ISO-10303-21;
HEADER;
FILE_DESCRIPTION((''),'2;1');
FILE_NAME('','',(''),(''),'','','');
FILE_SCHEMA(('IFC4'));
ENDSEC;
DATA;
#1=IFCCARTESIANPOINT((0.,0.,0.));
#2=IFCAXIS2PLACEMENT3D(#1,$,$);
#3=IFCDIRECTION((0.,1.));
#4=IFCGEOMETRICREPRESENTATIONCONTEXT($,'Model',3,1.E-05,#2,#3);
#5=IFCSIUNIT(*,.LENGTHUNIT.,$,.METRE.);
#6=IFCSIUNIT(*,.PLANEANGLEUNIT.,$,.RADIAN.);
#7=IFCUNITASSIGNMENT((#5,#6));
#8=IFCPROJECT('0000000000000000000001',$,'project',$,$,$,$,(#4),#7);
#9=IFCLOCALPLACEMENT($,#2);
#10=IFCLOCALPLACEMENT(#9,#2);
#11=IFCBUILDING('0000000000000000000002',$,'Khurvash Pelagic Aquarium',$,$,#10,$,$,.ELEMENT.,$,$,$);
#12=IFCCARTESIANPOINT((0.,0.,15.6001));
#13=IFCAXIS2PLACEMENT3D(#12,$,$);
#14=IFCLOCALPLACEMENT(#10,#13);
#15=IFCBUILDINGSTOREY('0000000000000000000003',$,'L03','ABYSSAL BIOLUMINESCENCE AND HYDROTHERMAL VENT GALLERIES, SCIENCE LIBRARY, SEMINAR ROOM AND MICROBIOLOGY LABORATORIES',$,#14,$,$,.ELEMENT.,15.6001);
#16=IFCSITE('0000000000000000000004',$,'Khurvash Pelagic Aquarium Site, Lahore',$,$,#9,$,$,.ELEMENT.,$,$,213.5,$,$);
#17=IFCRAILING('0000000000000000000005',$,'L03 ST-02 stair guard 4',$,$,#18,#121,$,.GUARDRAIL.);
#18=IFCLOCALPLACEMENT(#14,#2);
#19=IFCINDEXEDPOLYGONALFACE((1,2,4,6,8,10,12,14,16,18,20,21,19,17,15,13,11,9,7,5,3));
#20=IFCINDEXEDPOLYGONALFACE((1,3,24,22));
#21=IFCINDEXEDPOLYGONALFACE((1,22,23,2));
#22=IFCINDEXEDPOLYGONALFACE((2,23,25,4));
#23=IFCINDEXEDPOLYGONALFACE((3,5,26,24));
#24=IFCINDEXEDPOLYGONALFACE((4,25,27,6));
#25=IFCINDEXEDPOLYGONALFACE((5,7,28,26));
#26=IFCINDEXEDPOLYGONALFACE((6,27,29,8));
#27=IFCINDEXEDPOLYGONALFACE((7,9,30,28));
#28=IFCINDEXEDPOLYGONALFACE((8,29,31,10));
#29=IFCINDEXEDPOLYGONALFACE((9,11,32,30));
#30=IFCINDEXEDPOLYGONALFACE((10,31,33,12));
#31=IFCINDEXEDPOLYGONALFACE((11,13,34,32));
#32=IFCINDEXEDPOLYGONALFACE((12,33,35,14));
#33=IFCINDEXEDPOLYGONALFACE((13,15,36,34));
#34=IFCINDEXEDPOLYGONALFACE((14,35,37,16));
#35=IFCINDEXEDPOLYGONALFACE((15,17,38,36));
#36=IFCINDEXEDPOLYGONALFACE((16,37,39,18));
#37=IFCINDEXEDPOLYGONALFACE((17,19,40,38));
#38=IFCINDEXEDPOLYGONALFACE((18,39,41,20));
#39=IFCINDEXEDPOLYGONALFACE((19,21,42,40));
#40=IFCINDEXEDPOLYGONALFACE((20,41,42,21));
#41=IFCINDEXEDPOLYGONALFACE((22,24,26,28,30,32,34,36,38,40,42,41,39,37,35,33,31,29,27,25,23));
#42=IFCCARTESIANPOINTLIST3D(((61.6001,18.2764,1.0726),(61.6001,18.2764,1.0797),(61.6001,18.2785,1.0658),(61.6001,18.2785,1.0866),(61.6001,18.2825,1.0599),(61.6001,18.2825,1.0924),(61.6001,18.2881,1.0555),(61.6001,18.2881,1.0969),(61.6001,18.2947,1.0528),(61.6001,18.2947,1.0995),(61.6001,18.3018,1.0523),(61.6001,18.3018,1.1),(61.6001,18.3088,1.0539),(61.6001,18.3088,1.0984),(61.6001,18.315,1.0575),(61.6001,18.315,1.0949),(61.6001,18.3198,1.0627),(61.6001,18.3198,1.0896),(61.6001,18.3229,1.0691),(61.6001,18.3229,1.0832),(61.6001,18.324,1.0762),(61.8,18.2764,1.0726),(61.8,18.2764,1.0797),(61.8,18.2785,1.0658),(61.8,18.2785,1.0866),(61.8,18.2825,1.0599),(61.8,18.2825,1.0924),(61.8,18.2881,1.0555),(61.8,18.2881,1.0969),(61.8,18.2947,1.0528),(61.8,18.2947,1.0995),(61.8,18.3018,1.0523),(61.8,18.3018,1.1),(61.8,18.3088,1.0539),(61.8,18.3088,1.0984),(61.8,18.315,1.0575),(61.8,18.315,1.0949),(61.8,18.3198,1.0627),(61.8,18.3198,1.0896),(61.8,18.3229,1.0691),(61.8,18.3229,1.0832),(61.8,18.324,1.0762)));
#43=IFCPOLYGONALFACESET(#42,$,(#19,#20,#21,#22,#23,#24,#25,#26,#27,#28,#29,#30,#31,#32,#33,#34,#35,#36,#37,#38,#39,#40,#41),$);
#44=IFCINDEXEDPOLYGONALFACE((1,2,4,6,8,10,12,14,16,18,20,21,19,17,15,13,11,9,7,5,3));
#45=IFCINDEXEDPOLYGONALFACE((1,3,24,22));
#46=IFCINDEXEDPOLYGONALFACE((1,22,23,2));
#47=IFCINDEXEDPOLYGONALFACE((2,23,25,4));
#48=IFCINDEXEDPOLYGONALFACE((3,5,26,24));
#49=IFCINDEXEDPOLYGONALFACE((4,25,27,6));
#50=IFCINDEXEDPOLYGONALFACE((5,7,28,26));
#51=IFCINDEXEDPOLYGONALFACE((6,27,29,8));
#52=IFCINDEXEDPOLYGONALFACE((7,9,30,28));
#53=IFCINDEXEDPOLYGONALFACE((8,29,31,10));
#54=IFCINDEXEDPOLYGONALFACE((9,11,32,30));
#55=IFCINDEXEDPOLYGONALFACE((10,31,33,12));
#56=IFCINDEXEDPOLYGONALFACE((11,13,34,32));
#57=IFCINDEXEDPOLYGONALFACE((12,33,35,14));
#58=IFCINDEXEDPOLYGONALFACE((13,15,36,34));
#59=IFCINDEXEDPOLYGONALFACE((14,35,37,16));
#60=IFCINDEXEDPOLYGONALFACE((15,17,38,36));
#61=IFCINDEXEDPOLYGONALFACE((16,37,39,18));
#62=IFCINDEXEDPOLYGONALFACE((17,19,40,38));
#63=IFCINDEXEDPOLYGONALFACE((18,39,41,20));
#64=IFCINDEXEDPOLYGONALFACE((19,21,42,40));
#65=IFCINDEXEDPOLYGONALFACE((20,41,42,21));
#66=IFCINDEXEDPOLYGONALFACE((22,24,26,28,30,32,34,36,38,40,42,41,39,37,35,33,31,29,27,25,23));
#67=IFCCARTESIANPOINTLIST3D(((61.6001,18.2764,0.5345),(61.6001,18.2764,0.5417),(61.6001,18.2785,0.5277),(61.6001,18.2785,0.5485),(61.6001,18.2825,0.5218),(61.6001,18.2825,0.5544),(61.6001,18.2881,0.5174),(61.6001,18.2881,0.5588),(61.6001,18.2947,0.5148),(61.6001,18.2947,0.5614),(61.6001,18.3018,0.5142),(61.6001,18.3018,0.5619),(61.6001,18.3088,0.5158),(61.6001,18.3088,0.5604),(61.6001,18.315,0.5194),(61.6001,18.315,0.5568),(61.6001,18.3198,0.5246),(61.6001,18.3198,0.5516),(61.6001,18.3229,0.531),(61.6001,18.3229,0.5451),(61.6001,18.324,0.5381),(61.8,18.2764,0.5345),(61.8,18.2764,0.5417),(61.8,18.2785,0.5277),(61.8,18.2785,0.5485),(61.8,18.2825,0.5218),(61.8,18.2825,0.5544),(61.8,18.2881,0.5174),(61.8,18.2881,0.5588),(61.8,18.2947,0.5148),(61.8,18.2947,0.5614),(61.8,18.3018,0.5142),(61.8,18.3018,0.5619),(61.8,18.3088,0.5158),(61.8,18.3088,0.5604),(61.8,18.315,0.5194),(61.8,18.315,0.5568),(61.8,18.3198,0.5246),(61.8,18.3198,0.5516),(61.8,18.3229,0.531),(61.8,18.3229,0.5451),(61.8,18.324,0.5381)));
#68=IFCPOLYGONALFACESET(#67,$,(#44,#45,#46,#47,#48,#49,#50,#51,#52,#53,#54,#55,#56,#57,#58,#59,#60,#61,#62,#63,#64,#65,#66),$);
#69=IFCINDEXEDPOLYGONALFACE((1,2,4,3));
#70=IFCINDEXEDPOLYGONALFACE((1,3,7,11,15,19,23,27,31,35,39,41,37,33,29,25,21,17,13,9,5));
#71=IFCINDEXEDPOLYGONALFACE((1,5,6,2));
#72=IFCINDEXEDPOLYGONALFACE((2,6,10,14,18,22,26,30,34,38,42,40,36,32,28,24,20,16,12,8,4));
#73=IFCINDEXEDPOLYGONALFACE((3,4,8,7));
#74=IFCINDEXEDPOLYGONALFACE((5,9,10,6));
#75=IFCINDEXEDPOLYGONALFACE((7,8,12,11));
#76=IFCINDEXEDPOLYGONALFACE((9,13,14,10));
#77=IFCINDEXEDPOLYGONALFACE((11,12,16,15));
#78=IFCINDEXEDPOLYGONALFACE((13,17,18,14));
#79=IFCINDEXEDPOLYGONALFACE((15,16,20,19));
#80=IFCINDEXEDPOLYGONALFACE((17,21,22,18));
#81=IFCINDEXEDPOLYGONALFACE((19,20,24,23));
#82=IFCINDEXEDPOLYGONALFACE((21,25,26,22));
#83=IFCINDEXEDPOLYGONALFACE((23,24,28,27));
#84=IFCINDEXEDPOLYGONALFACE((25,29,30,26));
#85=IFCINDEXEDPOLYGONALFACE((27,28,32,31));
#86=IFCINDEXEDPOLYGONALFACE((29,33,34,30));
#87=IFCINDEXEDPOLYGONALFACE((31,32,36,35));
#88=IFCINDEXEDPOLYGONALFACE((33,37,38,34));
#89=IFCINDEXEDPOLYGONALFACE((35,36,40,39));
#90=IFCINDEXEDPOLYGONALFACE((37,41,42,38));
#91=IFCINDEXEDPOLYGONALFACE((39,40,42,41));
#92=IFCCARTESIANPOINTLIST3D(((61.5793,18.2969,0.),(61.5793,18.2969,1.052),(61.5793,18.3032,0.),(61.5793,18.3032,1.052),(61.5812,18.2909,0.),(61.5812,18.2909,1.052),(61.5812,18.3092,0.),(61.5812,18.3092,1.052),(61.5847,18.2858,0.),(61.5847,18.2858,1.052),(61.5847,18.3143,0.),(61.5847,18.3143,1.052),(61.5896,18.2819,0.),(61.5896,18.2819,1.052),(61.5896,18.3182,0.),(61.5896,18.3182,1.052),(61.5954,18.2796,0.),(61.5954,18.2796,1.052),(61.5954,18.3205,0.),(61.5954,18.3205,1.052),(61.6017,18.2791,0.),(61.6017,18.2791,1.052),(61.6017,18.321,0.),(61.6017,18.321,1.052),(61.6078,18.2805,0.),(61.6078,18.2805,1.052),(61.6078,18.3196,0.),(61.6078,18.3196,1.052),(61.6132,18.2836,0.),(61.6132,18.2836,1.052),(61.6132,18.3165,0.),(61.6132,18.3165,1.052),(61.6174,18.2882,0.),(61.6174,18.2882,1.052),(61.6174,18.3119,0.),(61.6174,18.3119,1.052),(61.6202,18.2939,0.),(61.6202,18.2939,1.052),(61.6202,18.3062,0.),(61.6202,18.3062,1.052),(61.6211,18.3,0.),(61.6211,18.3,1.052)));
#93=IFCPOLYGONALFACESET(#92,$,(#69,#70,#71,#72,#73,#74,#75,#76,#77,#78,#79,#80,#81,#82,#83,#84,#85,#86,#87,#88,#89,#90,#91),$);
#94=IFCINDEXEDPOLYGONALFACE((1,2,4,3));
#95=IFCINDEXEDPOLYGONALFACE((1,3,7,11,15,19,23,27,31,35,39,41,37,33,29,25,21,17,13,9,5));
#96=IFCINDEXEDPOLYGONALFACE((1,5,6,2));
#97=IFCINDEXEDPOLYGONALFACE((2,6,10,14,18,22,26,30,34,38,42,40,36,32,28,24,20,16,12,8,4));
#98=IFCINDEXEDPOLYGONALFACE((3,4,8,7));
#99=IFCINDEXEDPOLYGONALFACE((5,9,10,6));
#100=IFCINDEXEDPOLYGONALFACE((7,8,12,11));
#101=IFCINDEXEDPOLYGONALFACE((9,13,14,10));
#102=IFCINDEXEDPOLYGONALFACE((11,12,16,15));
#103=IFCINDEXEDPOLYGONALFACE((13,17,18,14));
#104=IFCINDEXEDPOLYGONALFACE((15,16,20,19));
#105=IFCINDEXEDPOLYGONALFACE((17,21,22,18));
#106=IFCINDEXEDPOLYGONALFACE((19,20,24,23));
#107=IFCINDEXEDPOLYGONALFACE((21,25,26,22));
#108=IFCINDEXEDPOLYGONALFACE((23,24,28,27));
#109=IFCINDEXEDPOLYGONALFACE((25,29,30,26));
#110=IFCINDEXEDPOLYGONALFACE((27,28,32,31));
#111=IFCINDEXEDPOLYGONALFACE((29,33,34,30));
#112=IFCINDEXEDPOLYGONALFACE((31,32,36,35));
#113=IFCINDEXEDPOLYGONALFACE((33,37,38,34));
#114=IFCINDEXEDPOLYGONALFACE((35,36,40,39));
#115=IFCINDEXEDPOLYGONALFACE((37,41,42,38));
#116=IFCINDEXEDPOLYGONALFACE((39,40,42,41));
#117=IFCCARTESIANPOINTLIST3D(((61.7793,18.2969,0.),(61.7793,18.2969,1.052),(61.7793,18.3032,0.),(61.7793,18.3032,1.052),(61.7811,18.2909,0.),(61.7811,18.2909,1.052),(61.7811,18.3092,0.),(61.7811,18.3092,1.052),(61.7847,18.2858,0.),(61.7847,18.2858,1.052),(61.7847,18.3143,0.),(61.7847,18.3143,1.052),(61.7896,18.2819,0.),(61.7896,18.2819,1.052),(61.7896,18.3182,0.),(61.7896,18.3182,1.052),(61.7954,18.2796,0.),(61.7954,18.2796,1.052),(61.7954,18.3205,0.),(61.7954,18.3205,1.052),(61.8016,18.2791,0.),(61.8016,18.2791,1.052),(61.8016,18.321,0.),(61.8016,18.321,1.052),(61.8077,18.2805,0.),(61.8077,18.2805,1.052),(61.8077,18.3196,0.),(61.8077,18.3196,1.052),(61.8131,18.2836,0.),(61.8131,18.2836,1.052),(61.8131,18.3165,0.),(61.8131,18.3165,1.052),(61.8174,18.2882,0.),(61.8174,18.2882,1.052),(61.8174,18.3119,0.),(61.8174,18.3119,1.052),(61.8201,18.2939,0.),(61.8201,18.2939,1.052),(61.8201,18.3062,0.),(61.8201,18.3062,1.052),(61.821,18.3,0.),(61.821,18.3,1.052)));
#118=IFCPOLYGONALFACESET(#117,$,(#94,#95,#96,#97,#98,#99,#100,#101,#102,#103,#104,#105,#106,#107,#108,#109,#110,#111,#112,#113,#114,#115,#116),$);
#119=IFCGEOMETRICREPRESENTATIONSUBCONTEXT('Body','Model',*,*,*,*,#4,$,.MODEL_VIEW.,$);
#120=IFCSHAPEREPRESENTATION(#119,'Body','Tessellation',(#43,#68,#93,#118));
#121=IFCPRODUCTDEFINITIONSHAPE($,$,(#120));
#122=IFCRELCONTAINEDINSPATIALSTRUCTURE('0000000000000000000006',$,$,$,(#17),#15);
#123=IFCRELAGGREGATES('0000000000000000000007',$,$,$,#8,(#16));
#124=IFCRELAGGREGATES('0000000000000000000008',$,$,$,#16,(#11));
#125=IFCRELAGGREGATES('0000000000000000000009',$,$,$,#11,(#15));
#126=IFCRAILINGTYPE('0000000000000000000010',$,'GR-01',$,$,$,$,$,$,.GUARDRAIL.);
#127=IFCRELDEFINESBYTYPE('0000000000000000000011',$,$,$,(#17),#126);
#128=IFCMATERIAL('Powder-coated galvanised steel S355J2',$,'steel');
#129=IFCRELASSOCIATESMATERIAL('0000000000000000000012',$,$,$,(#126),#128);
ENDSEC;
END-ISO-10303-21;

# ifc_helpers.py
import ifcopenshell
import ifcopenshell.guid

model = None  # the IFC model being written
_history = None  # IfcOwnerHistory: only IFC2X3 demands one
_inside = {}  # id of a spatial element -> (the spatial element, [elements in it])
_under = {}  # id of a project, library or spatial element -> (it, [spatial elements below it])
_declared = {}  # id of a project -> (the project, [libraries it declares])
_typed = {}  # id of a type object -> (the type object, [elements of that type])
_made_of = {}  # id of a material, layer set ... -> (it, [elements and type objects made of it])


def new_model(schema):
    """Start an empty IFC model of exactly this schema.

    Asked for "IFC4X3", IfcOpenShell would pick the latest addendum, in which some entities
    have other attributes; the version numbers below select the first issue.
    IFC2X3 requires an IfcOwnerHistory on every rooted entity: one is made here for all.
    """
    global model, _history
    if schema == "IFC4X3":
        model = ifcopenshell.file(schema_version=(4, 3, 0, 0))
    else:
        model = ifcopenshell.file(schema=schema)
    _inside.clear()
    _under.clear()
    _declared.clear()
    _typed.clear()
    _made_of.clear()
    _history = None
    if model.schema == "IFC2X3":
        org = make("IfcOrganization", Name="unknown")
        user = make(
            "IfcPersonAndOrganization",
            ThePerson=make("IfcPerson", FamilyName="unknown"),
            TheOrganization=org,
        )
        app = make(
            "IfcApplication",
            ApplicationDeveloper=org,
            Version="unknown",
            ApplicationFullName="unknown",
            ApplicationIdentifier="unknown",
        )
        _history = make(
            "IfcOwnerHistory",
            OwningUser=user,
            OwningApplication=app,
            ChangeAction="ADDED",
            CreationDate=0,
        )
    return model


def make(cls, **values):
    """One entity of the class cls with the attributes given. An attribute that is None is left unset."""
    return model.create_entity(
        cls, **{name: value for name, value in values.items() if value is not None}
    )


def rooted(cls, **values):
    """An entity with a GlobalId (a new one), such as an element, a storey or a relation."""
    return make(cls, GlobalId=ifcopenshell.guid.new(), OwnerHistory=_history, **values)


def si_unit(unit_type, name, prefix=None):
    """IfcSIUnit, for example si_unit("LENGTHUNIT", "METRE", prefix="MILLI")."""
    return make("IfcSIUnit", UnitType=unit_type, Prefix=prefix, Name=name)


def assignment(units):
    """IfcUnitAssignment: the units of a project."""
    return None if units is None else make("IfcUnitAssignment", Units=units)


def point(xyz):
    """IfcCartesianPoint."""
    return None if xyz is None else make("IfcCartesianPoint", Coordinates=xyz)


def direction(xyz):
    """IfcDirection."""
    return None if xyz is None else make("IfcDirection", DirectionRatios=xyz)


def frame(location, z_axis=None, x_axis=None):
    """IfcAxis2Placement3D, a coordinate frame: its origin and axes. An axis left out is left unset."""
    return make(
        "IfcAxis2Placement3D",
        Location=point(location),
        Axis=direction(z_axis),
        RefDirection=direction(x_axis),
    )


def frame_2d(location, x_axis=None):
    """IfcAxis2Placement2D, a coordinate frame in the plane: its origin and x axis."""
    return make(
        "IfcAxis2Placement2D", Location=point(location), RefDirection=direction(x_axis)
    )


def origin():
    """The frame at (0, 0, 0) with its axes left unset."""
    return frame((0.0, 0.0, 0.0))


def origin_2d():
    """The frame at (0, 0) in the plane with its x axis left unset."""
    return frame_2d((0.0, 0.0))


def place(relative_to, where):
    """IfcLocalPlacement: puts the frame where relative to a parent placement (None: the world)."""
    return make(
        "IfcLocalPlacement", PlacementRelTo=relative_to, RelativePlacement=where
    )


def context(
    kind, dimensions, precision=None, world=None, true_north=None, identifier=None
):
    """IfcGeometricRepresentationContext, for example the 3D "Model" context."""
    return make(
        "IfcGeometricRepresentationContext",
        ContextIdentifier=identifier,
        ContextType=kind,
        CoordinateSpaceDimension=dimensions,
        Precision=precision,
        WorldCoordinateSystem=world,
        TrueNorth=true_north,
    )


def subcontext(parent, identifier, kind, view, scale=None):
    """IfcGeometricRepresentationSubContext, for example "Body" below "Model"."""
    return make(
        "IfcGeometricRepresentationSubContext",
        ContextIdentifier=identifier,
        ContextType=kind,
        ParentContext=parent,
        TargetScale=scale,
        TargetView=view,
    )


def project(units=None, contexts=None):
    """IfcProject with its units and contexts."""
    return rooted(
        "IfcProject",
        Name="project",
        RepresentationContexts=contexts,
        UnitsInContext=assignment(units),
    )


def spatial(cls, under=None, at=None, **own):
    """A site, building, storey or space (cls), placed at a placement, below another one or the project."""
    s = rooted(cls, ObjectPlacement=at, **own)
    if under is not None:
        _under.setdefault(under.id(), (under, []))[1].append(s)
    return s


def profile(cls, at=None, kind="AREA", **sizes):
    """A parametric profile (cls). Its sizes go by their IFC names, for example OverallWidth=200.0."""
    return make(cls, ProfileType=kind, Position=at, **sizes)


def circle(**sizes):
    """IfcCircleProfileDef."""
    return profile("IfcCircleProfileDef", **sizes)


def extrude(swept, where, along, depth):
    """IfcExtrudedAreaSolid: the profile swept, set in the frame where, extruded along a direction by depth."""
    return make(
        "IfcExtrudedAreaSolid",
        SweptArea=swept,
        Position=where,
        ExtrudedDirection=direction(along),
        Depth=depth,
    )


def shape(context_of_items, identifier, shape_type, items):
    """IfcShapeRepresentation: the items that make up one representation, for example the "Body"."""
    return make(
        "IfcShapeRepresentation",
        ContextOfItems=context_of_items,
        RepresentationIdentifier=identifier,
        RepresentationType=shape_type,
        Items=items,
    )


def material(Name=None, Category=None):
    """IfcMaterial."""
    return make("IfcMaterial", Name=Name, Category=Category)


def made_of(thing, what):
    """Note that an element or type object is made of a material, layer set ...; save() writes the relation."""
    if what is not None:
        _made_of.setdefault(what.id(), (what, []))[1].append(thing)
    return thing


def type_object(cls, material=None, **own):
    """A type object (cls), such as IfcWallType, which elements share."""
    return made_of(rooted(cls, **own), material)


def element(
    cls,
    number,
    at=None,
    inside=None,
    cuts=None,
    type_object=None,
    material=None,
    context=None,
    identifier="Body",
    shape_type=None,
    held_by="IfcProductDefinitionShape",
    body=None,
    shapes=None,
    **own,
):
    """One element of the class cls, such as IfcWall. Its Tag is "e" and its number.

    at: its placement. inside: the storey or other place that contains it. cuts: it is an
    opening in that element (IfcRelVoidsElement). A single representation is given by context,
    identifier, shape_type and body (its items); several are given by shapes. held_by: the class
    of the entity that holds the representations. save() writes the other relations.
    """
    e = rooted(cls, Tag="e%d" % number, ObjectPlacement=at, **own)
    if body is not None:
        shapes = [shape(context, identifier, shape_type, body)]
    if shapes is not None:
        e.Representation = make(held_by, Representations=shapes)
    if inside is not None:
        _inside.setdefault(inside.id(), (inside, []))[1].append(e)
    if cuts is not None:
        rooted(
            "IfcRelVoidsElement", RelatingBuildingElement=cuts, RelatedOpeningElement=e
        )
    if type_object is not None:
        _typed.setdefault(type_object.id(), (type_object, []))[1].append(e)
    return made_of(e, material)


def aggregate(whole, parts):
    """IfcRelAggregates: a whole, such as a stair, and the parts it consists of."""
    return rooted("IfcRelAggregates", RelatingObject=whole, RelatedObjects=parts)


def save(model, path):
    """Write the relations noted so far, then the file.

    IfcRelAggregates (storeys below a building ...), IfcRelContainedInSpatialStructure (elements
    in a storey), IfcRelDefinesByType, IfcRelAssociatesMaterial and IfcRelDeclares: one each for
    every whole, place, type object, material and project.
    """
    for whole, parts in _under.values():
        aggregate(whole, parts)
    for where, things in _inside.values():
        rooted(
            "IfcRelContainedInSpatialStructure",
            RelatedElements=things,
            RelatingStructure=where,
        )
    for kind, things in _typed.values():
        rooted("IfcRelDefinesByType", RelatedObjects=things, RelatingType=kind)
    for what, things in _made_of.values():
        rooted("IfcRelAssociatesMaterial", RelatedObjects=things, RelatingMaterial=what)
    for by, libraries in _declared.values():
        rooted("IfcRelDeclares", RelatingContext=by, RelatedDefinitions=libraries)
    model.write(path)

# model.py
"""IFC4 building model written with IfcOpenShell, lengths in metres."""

from ifc_helpers import new_model, si_unit, direction, frame, origin, origin_2d, place, context, subcontext, project, spatial, circle, extrude, material, type_object, element, save


model = new_model("IFC4")

# Units and contexts
model_context = context("Model", 3, precision=1e-05, world=origin(), true_north=direction((0.0, 1.0)))
body_context = subcontext(model_context, "Body", "Model", "MODEL_VIEW")
ifc_project = project(units=[si_unit("LENGTHUNIT", "METRE"), si_unit("PLANEANGLEUNIT", "RADIAN")], contexts=[model_context])

# Site, building, storey
site_placement = place(None, origin())
site = spatial("IfcSite", under=ifc_project, at=site_placement, Name="Khurvash Pelagic Aquarium Site, Lahore", CompositionType="ELEMENT", RefElevation=213.5)
building_placement = place(site_placement, origin())
building = spatial("IfcBuilding", under=site, at=building_placement, Name="Khurvash Pelagic Aquarium", CompositionType="ELEMENT")
storey_placement = place(building_placement, frame((0.0, 0.0, 15.6001)))
storey = spatial("IfcBuildingStorey", under=building, at=storey_placement, Name="L03", Description="ABYSSAL BIOLUMINESCENCE AND HYDROTHERMAL VENT GALLERIES, SCIENCE LIBRARY, SEMINAR ROOM AND MICROBIOLOGY LABORATORIES", CompositionType="ELEMENT", Elevation=15.6001)

# Railing
ifc_material_1 = material(Name="Powder-coated galvanised steel S355J2", Category="steel")
railing_type_1 = type_object("IfcRailingType", Name="GR-01", PredefinedType="GUARDRAIL", material=ifc_material_1)
railing_1_placement = place(storey_placement, frame((61.6001, 18.3, 0.0)))
element("IfcRailing", 1, at=railing_1_placement, inside=storey, type_object=railing_type_1, Name="L03 ST-02 stair guard 4", PredefinedType="GUARDRAIL", context=body_context, shape_type="SweptSolid", body=[
    extrude(circle(Radius=0.0239, at=origin_2d()), frame((0.0, 0.0, 1.0762), z_axis=(1.0, 0.0, 0.0), x_axis=(0.0, 1.0, 0.0)), (0.0, 0.0, 1.0), 0.2),
    extrude(circle(Radius=0.0239, at=origin_2d()), frame((0.0, 0.0, 0.5381), z_axis=(1.0, 0.0, 0.0), x_axis=(0.0, 1.0, 0.0)), (0.0, 0.0, 1.0), 0.2),
    extrude(circle(Radius=0.021, at=origin_2d()), origin(), (0.0, 0.0, 1.0), 1.052),
    extrude(circle(Radius=0.021, at=origin_2d()), frame((0.2, 0.0, 0.0)), (0.0, 0.0, 1.0), 1.052),
])

save(model, "model.ifc")
